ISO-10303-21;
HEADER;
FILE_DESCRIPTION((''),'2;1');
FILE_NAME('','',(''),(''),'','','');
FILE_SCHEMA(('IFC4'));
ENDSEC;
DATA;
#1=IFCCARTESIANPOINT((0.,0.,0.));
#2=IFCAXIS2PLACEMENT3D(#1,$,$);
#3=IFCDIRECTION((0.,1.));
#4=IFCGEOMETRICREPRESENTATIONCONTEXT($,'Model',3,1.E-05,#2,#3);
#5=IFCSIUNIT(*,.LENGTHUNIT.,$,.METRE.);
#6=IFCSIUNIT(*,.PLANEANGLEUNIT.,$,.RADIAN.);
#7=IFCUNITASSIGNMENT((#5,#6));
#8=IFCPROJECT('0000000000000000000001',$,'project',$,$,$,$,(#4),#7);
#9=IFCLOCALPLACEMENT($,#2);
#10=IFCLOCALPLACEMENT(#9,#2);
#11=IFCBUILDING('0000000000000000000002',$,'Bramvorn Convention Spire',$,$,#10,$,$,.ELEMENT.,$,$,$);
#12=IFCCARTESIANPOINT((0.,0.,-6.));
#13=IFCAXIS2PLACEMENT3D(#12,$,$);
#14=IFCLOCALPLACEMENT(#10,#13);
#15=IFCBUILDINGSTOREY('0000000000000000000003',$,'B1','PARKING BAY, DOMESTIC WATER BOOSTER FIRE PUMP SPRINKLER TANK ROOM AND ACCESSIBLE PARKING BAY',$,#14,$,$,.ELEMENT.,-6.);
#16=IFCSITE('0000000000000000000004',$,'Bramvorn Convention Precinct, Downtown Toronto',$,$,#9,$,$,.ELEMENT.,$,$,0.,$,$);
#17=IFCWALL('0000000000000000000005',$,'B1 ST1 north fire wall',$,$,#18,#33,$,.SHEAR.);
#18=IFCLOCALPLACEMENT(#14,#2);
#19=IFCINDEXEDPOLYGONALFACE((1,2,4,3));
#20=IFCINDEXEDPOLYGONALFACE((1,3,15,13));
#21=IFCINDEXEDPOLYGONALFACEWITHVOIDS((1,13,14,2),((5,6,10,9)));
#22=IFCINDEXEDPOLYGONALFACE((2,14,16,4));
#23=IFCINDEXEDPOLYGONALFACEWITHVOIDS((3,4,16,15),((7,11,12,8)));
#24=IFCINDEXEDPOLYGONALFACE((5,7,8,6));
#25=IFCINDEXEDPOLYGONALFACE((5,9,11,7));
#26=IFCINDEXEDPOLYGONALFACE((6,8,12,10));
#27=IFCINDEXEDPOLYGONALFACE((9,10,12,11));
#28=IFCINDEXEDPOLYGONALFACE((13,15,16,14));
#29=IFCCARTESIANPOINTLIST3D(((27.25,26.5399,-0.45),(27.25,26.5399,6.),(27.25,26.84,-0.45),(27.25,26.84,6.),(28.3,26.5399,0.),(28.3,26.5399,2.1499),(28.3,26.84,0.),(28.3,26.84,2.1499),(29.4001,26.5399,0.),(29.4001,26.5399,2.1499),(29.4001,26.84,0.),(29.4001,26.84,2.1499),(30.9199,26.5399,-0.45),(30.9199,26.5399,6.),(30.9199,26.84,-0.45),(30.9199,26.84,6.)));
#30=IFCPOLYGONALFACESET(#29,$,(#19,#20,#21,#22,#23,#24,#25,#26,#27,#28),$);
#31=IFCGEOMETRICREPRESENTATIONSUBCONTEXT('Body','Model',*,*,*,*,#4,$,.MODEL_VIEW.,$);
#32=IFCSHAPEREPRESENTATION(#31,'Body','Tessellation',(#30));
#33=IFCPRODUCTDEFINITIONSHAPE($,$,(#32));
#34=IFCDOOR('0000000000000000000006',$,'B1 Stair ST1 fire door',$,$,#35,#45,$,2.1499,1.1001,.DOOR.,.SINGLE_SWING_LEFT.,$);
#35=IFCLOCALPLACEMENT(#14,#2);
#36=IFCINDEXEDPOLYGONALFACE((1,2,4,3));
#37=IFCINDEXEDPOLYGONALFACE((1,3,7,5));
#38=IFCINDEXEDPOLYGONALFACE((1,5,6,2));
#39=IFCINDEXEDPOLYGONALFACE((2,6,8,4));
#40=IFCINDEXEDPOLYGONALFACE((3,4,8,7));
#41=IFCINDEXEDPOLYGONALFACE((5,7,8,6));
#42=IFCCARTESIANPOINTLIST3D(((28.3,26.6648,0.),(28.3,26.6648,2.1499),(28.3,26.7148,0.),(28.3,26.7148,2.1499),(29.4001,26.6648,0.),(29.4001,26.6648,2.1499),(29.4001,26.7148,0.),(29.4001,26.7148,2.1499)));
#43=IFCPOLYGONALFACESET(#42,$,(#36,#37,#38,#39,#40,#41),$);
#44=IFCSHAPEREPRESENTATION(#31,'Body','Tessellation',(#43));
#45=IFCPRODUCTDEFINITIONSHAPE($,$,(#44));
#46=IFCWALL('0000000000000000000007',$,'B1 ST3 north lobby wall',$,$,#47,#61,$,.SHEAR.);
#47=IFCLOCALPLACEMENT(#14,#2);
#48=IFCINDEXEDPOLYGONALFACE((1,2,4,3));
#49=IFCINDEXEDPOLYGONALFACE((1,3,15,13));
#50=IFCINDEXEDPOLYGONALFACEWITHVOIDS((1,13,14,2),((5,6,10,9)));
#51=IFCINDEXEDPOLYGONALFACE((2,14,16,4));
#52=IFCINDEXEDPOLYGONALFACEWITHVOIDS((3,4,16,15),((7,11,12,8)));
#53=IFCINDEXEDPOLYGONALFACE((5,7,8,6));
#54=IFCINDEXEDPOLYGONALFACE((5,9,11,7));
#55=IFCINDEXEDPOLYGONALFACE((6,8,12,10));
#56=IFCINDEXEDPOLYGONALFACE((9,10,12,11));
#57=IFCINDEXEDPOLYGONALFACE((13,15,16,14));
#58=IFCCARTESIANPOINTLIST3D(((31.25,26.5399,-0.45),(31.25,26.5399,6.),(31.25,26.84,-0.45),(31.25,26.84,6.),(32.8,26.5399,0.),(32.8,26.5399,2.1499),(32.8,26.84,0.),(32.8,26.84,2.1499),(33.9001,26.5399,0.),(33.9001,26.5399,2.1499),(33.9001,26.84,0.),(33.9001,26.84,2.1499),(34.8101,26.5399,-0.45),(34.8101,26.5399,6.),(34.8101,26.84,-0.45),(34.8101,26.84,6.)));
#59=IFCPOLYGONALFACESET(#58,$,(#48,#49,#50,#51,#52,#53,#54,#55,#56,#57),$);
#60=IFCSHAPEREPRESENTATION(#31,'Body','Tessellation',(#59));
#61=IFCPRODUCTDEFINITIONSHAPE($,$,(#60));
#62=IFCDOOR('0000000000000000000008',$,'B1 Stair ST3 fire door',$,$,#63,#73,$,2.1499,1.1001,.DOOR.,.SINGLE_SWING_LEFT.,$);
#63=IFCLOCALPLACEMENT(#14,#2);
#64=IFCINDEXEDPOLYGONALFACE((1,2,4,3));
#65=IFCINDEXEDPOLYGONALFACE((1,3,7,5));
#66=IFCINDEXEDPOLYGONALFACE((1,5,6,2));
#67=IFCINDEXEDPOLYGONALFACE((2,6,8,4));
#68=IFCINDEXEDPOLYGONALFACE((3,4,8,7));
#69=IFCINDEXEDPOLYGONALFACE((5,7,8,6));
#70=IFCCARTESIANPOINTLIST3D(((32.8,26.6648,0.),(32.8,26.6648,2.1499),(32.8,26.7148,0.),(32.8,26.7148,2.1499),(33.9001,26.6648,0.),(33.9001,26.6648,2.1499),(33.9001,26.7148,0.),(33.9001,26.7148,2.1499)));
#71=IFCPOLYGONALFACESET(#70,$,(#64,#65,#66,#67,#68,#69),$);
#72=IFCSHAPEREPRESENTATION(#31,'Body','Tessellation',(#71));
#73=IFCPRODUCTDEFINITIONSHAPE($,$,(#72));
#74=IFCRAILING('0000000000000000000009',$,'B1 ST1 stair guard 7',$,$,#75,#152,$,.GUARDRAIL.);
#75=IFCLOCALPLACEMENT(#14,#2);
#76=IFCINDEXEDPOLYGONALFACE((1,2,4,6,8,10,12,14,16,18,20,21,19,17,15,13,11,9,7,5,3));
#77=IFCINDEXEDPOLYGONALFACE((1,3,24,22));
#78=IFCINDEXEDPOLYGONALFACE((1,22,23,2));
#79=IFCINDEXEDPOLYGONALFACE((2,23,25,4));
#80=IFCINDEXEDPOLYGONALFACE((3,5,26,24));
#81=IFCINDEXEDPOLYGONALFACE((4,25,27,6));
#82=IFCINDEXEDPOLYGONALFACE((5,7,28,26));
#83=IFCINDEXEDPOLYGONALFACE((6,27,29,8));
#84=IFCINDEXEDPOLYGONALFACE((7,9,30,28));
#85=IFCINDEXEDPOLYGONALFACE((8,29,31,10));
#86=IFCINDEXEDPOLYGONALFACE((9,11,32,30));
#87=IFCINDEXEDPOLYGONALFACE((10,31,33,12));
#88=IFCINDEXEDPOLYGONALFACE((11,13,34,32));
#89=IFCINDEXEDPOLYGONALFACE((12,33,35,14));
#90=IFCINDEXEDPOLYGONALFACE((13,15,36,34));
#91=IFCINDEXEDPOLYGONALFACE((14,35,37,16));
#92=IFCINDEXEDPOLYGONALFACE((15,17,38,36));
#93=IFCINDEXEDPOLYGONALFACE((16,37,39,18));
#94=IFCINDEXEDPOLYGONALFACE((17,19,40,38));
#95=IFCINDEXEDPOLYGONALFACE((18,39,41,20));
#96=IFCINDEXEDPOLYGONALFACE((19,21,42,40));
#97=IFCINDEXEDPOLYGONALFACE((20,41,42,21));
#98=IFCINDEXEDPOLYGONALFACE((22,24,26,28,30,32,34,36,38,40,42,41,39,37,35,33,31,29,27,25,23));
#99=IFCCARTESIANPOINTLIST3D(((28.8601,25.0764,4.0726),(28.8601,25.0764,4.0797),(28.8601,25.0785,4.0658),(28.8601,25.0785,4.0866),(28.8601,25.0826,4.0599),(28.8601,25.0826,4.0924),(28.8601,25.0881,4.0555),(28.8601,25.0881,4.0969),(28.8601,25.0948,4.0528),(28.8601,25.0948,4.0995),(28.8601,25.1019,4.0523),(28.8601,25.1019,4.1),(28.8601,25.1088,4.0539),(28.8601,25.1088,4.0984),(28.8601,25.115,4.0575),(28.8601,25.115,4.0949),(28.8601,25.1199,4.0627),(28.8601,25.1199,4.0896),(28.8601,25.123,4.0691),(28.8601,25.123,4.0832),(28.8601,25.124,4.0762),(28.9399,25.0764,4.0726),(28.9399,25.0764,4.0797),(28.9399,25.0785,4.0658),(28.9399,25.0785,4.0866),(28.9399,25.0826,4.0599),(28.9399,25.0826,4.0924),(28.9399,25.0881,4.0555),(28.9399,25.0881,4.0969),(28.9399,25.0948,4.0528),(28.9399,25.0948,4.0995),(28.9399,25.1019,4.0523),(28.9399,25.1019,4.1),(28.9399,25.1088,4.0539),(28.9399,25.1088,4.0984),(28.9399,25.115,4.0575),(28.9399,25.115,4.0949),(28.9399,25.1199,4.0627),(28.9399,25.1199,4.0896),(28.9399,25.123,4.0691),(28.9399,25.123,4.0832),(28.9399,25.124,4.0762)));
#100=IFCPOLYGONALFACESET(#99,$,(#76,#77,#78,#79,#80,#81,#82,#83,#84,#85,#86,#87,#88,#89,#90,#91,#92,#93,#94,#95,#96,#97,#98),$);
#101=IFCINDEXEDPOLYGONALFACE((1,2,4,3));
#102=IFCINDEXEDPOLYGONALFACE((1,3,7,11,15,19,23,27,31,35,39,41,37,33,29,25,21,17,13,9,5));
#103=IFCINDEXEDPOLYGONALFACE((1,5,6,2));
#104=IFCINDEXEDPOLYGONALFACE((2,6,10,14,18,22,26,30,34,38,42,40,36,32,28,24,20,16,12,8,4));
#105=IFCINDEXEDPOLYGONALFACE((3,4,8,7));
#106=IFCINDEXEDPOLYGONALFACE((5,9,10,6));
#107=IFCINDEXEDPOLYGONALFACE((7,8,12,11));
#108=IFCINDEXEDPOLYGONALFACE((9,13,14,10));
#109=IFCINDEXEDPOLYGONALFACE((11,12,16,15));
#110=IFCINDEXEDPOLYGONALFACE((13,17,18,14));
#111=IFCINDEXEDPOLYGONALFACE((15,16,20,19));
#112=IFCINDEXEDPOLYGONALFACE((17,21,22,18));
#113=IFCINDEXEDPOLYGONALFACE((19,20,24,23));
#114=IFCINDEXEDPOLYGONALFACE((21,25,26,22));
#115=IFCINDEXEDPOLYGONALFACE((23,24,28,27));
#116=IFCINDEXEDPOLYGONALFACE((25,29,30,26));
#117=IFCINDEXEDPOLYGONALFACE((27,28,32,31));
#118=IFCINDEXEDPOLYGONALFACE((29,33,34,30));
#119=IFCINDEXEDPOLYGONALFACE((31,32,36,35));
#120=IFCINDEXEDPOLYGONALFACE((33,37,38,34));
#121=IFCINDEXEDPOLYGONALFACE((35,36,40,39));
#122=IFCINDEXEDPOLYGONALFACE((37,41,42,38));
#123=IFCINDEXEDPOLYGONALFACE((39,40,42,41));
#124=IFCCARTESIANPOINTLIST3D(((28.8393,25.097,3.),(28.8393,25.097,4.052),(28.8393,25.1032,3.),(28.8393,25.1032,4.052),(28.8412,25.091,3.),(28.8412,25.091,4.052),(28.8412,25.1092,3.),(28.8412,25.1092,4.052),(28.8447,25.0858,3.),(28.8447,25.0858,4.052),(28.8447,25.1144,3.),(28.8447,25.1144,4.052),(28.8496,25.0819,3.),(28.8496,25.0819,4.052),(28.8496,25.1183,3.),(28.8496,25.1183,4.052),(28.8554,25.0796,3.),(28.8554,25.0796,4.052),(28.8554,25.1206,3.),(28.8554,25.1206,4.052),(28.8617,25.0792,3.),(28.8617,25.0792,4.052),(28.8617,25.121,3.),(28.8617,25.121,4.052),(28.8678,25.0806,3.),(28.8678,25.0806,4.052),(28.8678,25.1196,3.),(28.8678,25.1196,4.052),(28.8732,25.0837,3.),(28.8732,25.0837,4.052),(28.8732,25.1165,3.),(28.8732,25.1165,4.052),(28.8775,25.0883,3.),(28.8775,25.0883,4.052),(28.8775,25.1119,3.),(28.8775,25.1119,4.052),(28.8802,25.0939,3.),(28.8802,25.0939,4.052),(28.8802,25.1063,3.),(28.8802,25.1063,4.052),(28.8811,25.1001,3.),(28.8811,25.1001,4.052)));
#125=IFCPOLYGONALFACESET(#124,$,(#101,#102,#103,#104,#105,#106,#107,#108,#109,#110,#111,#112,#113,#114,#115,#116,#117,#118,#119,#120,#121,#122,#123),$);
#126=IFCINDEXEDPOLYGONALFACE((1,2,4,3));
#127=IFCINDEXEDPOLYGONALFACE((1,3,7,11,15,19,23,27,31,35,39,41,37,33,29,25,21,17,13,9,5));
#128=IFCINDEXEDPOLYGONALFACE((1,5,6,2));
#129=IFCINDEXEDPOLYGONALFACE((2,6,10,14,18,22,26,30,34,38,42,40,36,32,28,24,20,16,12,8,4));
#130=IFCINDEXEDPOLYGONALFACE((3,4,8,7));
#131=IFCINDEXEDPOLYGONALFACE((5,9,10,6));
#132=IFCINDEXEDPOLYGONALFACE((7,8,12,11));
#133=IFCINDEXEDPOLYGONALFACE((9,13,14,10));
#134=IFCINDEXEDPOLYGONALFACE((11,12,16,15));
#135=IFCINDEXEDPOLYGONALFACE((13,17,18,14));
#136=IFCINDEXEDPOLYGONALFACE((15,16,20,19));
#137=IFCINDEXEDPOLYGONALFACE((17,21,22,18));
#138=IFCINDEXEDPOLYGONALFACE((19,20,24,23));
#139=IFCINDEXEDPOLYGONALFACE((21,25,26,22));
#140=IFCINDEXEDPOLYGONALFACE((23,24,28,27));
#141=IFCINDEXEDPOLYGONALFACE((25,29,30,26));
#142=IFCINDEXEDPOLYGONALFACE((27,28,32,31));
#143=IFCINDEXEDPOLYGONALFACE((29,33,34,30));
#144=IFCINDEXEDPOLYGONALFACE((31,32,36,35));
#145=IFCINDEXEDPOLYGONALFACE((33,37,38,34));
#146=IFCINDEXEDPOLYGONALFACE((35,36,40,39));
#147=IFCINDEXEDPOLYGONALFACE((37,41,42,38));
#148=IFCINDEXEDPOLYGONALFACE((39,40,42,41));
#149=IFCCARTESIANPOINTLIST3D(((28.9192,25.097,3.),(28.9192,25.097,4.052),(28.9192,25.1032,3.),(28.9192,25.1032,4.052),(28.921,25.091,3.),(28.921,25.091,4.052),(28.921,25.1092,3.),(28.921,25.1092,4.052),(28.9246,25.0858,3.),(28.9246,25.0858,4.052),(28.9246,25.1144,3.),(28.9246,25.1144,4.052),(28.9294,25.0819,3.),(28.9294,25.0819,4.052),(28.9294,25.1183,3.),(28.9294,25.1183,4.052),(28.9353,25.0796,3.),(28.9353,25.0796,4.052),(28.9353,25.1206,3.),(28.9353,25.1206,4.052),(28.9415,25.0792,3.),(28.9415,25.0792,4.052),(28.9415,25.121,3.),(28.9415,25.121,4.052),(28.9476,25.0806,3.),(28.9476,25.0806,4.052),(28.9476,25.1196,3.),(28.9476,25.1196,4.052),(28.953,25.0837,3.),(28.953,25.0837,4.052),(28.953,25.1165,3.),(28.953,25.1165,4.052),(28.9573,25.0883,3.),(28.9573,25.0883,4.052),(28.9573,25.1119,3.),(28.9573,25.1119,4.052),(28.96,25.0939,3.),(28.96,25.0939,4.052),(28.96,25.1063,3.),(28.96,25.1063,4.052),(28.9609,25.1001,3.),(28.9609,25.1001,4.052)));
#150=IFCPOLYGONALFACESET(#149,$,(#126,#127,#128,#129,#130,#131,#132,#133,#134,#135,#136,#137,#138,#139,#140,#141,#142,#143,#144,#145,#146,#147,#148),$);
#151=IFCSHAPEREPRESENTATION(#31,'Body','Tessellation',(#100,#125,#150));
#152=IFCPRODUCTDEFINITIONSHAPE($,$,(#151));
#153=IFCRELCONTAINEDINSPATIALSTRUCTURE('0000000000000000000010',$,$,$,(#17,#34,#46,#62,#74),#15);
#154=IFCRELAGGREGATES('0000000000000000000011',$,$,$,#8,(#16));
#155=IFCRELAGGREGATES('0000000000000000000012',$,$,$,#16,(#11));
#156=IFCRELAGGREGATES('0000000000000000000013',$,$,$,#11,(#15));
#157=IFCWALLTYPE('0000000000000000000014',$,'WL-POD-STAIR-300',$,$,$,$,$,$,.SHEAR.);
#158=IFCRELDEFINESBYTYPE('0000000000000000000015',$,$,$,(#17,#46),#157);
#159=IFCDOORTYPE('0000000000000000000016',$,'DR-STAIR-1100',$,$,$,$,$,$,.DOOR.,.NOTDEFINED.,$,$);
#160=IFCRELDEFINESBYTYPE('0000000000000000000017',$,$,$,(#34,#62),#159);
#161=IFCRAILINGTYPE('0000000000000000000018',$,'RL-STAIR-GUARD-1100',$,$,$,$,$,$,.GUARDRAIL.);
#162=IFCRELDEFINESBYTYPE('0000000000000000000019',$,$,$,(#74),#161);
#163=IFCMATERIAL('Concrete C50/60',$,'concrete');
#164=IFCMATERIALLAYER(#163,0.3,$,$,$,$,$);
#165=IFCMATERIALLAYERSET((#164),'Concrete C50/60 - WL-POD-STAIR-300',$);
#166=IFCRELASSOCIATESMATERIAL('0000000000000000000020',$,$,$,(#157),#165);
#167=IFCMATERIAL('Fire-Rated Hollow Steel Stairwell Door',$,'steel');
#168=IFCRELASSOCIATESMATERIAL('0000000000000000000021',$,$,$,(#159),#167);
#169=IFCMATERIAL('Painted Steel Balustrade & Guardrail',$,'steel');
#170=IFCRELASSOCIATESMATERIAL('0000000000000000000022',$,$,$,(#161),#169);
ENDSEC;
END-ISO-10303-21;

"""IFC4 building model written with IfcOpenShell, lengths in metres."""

from ifc_helpers import new_model, si_unit, direction, frame, frame_2d, origin, origin_2d, place, context, subcontext, project, spatial, rectangle, circle, extrude, material, layer, layer_set, type_object, element, fill, save


model = new_model("IFC4")

# Units and contexts
model_context = context("Model", 3, precision=1e-05, world=origin(), true_north=direction((0.0, 1.0)))
body_context = subcontext(model_context, "Body", "Model", "MODEL_VIEW")
ifc_project = project(units=[si_unit("LENGTHUNIT", "METRE"), si_unit("PLANEANGLEUNIT", "RADIAN")], contexts=[model_context])

# Site, building, storey
site_placement = place(None, origin())
site = spatial("IfcSite", under=ifc_project, at=site_placement, Name="Bramvorn Convention Precinct, Downtown Toronto", CompositionType="ELEMENT", RefElevation=0.0)
building_placement = place(site_placement, origin())
building = spatial("IfcBuilding", under=site, at=building_placement, Name="Bramvorn Convention Spire", CompositionType="ELEMENT")
storey_placement = place(building_placement, frame((0.0, 0.0, -6.0)))
storey = spatial("IfcBuildingStorey", under=building, at=storey_placement, Name="B1", Description="PARKING BAY, DOMESTIC WATER BOOSTER FIRE PUMP SPRINKLER TANK ROOM AND ACCESSIBLE PARKING BAY", CompositionType="ELEMENT", Elevation=-6.0)

# Walls, openings, doors
ifc_material_1 = material(Name="Concrete C50/60", Category="concrete")
ifc_layer_1 = layer(ifc_material_1, 0.3)
ifc_layer_set_1 = layer_set([ifc_layer_1], Name="Concrete C50/60 - WL-POD-STAIR-300")
wall_type_1 = type_object("IfcWallType", Name="WL-POD-STAIR-300", PredefinedType="SHEAR", material=ifc_layer_set_1)
wall_1_placement = place(storey_placement, frame((27.25, 26.6899, -0.45), z_axis=(0.0, 0.0, 1.0), x_axis=(1.0, 0.0, 0.0)))
wall_1 = element("IfcWall", 1, at=wall_1_placement, inside=storey, type_object=wall_type_1, Name="B1 ST1 north fire wall", PredefinedType="SHEAR", context=body_context, shape_type="SweptSolid", body=[
    extrude(rectangle(XDim=3.6699, YDim=0.3, at=frame_2d((1.835, 0.0))), origin(), (0.0, 0.0, 1.0), 6.45),
])
opening_1_placement = place(wall_1_placement, frame((1.05, 0.0, 0.45)))
opening_1 = element("IfcOpeningElement", 2, at=opening_1_placement, cuts=wall_1, PredefinedType="OPENING", context=body_context, shape_type="SweptSolid", body=[
    extrude(rectangle(XDim=1.1001, YDim=2.1499, at=frame_2d((0.55, 1.075))), frame((0.0, 0.1599, 0.0), z_axis=(0.0, -1.0, 0.0), x_axis=(1.0, 0.0, 0.0)), (0.0, 0.0, 1.0), 0.3201),
])
ifc_material_2 = material(Name="Fire-Rated Hollow Steel Stairwell Door", Category="steel")
door_type_1 = type_object("IfcDoorType", Name="DR-STAIR-1100", OperationType="NOTDEFINED", PredefinedType="DOOR", material=ifc_material_2)
door_1_placement = place(opening_1_placement, origin())
door_1 = element("IfcDoor", 3, at=door_1_placement, inside=storey, type_object=door_type_1, Name="B1 Stair ST1 fire door", OperationType="SINGLE_SWING_LEFT", OverallHeight=2.1499, OverallWidth=1.1001, PredefinedType="DOOR", context=body_context, shape_type="SweptSolid", body=[
    extrude(rectangle(XDim=1.1001, YDim=2.1499, at=frame_2d((0.55, 1.075))), frame((0.0, 0.0249, 0.0), z_axis=(0.0, -1.0, 0.0), x_axis=(1.0, 0.0, 0.0)), (0.0, 0.0, 1.0), 0.05),
])
fill(opening_1, door_1)
wall_2_placement = place(storey_placement, frame((31.25, 26.6899, -0.45), z_axis=(0.0, 0.0, 1.0), x_axis=(1.0, 0.0, 0.0)))
wall_2 = element("IfcWall", 4, at=wall_2_placement, inside=storey, type_object=wall_type_1, Name="B1 ST3 north lobby wall", PredefinedType="SHEAR", context=body_context, shape_type="SweptSolid", body=[
    extrude(rectangle(XDim=3.5601, YDim=0.3, at=frame_2d((1.78, 0.0))), origin(), (0.0, 0.0, 1.0), 6.45),
])
opening_2_placement = place(wall_2_placement, frame((1.55, 0.0, 0.45)))
opening_2 = element("IfcOpeningElement", 5, at=opening_2_placement, cuts=wall_2, PredefinedType="OPENING", context=body_context, shape_type="SweptSolid", body=[
    extrude(rectangle(XDim=1.1001, YDim=2.1499, at=frame_2d((0.55, 1.075))), frame((0.0, 0.1599, 0.0), z_axis=(0.0, -1.0, 0.0), x_axis=(1.0, 0.0, 0.0)), (0.0, 0.0, 1.0), 0.3201),
])
door_2_placement = place(opening_2_placement, origin())
door_2 = element("IfcDoor", 6, at=door_2_placement, inside=storey, type_object=door_type_1, Name="B1 Stair ST3 fire door", OperationType="SINGLE_SWING_LEFT", OverallHeight=2.1499, OverallWidth=1.1001, PredefinedType="DOOR", context=body_context, shape_type="SweptSolid", body=[
    extrude(rectangle(XDim=1.1001, YDim=2.1499, at=frame_2d((0.55, 1.075))), frame((0.0, 0.0249, 0.0), z_axis=(0.0, -1.0, 0.0), x_axis=(1.0, 0.0, 0.0)), (0.0, 0.0, 1.0), 0.05),
])
fill(opening_2, door_2)

# Railing
ifc_material_3 = material(Name="Painted Steel Balustrade & Guardrail", Category="steel")
railing_type = type_object("IfcRailingType", Name="RL-STAIR-GUARD-1100", PredefinedType="GUARDRAIL", material=ifc_material_3)
railing_1_placement = place(storey_placement, frame((28.8601, 25.1001, 3.0)))
element("IfcRailing", 7, at=railing_1_placement, inside=storey, type_object=railing_type, Name="B1 ST1 stair guard 7", PredefinedType="GUARDRAIL", context=body_context, shape_type="SweptSolid", body=[
    extrude(circle(Radius=0.0239, at=origin_2d()), frame((0.0, 0.0, 1.0762), z_axis=(1.0, 0.0, 0.0), x_axis=(0.0, 1.0, 0.0)), (0.0, 0.0, 1.0), 0.0798),
    extrude(circle(Radius=0.021, at=origin_2d()), origin(), (0.0, 0.0, 1.0), 1.052),
    extrude(circle(Radius=0.021, at=origin_2d()), frame((0.0798, 0.0, 0.0)), (0.0, 0.0, 1.0), 1.052),
])

save(model, "model.ifc")
